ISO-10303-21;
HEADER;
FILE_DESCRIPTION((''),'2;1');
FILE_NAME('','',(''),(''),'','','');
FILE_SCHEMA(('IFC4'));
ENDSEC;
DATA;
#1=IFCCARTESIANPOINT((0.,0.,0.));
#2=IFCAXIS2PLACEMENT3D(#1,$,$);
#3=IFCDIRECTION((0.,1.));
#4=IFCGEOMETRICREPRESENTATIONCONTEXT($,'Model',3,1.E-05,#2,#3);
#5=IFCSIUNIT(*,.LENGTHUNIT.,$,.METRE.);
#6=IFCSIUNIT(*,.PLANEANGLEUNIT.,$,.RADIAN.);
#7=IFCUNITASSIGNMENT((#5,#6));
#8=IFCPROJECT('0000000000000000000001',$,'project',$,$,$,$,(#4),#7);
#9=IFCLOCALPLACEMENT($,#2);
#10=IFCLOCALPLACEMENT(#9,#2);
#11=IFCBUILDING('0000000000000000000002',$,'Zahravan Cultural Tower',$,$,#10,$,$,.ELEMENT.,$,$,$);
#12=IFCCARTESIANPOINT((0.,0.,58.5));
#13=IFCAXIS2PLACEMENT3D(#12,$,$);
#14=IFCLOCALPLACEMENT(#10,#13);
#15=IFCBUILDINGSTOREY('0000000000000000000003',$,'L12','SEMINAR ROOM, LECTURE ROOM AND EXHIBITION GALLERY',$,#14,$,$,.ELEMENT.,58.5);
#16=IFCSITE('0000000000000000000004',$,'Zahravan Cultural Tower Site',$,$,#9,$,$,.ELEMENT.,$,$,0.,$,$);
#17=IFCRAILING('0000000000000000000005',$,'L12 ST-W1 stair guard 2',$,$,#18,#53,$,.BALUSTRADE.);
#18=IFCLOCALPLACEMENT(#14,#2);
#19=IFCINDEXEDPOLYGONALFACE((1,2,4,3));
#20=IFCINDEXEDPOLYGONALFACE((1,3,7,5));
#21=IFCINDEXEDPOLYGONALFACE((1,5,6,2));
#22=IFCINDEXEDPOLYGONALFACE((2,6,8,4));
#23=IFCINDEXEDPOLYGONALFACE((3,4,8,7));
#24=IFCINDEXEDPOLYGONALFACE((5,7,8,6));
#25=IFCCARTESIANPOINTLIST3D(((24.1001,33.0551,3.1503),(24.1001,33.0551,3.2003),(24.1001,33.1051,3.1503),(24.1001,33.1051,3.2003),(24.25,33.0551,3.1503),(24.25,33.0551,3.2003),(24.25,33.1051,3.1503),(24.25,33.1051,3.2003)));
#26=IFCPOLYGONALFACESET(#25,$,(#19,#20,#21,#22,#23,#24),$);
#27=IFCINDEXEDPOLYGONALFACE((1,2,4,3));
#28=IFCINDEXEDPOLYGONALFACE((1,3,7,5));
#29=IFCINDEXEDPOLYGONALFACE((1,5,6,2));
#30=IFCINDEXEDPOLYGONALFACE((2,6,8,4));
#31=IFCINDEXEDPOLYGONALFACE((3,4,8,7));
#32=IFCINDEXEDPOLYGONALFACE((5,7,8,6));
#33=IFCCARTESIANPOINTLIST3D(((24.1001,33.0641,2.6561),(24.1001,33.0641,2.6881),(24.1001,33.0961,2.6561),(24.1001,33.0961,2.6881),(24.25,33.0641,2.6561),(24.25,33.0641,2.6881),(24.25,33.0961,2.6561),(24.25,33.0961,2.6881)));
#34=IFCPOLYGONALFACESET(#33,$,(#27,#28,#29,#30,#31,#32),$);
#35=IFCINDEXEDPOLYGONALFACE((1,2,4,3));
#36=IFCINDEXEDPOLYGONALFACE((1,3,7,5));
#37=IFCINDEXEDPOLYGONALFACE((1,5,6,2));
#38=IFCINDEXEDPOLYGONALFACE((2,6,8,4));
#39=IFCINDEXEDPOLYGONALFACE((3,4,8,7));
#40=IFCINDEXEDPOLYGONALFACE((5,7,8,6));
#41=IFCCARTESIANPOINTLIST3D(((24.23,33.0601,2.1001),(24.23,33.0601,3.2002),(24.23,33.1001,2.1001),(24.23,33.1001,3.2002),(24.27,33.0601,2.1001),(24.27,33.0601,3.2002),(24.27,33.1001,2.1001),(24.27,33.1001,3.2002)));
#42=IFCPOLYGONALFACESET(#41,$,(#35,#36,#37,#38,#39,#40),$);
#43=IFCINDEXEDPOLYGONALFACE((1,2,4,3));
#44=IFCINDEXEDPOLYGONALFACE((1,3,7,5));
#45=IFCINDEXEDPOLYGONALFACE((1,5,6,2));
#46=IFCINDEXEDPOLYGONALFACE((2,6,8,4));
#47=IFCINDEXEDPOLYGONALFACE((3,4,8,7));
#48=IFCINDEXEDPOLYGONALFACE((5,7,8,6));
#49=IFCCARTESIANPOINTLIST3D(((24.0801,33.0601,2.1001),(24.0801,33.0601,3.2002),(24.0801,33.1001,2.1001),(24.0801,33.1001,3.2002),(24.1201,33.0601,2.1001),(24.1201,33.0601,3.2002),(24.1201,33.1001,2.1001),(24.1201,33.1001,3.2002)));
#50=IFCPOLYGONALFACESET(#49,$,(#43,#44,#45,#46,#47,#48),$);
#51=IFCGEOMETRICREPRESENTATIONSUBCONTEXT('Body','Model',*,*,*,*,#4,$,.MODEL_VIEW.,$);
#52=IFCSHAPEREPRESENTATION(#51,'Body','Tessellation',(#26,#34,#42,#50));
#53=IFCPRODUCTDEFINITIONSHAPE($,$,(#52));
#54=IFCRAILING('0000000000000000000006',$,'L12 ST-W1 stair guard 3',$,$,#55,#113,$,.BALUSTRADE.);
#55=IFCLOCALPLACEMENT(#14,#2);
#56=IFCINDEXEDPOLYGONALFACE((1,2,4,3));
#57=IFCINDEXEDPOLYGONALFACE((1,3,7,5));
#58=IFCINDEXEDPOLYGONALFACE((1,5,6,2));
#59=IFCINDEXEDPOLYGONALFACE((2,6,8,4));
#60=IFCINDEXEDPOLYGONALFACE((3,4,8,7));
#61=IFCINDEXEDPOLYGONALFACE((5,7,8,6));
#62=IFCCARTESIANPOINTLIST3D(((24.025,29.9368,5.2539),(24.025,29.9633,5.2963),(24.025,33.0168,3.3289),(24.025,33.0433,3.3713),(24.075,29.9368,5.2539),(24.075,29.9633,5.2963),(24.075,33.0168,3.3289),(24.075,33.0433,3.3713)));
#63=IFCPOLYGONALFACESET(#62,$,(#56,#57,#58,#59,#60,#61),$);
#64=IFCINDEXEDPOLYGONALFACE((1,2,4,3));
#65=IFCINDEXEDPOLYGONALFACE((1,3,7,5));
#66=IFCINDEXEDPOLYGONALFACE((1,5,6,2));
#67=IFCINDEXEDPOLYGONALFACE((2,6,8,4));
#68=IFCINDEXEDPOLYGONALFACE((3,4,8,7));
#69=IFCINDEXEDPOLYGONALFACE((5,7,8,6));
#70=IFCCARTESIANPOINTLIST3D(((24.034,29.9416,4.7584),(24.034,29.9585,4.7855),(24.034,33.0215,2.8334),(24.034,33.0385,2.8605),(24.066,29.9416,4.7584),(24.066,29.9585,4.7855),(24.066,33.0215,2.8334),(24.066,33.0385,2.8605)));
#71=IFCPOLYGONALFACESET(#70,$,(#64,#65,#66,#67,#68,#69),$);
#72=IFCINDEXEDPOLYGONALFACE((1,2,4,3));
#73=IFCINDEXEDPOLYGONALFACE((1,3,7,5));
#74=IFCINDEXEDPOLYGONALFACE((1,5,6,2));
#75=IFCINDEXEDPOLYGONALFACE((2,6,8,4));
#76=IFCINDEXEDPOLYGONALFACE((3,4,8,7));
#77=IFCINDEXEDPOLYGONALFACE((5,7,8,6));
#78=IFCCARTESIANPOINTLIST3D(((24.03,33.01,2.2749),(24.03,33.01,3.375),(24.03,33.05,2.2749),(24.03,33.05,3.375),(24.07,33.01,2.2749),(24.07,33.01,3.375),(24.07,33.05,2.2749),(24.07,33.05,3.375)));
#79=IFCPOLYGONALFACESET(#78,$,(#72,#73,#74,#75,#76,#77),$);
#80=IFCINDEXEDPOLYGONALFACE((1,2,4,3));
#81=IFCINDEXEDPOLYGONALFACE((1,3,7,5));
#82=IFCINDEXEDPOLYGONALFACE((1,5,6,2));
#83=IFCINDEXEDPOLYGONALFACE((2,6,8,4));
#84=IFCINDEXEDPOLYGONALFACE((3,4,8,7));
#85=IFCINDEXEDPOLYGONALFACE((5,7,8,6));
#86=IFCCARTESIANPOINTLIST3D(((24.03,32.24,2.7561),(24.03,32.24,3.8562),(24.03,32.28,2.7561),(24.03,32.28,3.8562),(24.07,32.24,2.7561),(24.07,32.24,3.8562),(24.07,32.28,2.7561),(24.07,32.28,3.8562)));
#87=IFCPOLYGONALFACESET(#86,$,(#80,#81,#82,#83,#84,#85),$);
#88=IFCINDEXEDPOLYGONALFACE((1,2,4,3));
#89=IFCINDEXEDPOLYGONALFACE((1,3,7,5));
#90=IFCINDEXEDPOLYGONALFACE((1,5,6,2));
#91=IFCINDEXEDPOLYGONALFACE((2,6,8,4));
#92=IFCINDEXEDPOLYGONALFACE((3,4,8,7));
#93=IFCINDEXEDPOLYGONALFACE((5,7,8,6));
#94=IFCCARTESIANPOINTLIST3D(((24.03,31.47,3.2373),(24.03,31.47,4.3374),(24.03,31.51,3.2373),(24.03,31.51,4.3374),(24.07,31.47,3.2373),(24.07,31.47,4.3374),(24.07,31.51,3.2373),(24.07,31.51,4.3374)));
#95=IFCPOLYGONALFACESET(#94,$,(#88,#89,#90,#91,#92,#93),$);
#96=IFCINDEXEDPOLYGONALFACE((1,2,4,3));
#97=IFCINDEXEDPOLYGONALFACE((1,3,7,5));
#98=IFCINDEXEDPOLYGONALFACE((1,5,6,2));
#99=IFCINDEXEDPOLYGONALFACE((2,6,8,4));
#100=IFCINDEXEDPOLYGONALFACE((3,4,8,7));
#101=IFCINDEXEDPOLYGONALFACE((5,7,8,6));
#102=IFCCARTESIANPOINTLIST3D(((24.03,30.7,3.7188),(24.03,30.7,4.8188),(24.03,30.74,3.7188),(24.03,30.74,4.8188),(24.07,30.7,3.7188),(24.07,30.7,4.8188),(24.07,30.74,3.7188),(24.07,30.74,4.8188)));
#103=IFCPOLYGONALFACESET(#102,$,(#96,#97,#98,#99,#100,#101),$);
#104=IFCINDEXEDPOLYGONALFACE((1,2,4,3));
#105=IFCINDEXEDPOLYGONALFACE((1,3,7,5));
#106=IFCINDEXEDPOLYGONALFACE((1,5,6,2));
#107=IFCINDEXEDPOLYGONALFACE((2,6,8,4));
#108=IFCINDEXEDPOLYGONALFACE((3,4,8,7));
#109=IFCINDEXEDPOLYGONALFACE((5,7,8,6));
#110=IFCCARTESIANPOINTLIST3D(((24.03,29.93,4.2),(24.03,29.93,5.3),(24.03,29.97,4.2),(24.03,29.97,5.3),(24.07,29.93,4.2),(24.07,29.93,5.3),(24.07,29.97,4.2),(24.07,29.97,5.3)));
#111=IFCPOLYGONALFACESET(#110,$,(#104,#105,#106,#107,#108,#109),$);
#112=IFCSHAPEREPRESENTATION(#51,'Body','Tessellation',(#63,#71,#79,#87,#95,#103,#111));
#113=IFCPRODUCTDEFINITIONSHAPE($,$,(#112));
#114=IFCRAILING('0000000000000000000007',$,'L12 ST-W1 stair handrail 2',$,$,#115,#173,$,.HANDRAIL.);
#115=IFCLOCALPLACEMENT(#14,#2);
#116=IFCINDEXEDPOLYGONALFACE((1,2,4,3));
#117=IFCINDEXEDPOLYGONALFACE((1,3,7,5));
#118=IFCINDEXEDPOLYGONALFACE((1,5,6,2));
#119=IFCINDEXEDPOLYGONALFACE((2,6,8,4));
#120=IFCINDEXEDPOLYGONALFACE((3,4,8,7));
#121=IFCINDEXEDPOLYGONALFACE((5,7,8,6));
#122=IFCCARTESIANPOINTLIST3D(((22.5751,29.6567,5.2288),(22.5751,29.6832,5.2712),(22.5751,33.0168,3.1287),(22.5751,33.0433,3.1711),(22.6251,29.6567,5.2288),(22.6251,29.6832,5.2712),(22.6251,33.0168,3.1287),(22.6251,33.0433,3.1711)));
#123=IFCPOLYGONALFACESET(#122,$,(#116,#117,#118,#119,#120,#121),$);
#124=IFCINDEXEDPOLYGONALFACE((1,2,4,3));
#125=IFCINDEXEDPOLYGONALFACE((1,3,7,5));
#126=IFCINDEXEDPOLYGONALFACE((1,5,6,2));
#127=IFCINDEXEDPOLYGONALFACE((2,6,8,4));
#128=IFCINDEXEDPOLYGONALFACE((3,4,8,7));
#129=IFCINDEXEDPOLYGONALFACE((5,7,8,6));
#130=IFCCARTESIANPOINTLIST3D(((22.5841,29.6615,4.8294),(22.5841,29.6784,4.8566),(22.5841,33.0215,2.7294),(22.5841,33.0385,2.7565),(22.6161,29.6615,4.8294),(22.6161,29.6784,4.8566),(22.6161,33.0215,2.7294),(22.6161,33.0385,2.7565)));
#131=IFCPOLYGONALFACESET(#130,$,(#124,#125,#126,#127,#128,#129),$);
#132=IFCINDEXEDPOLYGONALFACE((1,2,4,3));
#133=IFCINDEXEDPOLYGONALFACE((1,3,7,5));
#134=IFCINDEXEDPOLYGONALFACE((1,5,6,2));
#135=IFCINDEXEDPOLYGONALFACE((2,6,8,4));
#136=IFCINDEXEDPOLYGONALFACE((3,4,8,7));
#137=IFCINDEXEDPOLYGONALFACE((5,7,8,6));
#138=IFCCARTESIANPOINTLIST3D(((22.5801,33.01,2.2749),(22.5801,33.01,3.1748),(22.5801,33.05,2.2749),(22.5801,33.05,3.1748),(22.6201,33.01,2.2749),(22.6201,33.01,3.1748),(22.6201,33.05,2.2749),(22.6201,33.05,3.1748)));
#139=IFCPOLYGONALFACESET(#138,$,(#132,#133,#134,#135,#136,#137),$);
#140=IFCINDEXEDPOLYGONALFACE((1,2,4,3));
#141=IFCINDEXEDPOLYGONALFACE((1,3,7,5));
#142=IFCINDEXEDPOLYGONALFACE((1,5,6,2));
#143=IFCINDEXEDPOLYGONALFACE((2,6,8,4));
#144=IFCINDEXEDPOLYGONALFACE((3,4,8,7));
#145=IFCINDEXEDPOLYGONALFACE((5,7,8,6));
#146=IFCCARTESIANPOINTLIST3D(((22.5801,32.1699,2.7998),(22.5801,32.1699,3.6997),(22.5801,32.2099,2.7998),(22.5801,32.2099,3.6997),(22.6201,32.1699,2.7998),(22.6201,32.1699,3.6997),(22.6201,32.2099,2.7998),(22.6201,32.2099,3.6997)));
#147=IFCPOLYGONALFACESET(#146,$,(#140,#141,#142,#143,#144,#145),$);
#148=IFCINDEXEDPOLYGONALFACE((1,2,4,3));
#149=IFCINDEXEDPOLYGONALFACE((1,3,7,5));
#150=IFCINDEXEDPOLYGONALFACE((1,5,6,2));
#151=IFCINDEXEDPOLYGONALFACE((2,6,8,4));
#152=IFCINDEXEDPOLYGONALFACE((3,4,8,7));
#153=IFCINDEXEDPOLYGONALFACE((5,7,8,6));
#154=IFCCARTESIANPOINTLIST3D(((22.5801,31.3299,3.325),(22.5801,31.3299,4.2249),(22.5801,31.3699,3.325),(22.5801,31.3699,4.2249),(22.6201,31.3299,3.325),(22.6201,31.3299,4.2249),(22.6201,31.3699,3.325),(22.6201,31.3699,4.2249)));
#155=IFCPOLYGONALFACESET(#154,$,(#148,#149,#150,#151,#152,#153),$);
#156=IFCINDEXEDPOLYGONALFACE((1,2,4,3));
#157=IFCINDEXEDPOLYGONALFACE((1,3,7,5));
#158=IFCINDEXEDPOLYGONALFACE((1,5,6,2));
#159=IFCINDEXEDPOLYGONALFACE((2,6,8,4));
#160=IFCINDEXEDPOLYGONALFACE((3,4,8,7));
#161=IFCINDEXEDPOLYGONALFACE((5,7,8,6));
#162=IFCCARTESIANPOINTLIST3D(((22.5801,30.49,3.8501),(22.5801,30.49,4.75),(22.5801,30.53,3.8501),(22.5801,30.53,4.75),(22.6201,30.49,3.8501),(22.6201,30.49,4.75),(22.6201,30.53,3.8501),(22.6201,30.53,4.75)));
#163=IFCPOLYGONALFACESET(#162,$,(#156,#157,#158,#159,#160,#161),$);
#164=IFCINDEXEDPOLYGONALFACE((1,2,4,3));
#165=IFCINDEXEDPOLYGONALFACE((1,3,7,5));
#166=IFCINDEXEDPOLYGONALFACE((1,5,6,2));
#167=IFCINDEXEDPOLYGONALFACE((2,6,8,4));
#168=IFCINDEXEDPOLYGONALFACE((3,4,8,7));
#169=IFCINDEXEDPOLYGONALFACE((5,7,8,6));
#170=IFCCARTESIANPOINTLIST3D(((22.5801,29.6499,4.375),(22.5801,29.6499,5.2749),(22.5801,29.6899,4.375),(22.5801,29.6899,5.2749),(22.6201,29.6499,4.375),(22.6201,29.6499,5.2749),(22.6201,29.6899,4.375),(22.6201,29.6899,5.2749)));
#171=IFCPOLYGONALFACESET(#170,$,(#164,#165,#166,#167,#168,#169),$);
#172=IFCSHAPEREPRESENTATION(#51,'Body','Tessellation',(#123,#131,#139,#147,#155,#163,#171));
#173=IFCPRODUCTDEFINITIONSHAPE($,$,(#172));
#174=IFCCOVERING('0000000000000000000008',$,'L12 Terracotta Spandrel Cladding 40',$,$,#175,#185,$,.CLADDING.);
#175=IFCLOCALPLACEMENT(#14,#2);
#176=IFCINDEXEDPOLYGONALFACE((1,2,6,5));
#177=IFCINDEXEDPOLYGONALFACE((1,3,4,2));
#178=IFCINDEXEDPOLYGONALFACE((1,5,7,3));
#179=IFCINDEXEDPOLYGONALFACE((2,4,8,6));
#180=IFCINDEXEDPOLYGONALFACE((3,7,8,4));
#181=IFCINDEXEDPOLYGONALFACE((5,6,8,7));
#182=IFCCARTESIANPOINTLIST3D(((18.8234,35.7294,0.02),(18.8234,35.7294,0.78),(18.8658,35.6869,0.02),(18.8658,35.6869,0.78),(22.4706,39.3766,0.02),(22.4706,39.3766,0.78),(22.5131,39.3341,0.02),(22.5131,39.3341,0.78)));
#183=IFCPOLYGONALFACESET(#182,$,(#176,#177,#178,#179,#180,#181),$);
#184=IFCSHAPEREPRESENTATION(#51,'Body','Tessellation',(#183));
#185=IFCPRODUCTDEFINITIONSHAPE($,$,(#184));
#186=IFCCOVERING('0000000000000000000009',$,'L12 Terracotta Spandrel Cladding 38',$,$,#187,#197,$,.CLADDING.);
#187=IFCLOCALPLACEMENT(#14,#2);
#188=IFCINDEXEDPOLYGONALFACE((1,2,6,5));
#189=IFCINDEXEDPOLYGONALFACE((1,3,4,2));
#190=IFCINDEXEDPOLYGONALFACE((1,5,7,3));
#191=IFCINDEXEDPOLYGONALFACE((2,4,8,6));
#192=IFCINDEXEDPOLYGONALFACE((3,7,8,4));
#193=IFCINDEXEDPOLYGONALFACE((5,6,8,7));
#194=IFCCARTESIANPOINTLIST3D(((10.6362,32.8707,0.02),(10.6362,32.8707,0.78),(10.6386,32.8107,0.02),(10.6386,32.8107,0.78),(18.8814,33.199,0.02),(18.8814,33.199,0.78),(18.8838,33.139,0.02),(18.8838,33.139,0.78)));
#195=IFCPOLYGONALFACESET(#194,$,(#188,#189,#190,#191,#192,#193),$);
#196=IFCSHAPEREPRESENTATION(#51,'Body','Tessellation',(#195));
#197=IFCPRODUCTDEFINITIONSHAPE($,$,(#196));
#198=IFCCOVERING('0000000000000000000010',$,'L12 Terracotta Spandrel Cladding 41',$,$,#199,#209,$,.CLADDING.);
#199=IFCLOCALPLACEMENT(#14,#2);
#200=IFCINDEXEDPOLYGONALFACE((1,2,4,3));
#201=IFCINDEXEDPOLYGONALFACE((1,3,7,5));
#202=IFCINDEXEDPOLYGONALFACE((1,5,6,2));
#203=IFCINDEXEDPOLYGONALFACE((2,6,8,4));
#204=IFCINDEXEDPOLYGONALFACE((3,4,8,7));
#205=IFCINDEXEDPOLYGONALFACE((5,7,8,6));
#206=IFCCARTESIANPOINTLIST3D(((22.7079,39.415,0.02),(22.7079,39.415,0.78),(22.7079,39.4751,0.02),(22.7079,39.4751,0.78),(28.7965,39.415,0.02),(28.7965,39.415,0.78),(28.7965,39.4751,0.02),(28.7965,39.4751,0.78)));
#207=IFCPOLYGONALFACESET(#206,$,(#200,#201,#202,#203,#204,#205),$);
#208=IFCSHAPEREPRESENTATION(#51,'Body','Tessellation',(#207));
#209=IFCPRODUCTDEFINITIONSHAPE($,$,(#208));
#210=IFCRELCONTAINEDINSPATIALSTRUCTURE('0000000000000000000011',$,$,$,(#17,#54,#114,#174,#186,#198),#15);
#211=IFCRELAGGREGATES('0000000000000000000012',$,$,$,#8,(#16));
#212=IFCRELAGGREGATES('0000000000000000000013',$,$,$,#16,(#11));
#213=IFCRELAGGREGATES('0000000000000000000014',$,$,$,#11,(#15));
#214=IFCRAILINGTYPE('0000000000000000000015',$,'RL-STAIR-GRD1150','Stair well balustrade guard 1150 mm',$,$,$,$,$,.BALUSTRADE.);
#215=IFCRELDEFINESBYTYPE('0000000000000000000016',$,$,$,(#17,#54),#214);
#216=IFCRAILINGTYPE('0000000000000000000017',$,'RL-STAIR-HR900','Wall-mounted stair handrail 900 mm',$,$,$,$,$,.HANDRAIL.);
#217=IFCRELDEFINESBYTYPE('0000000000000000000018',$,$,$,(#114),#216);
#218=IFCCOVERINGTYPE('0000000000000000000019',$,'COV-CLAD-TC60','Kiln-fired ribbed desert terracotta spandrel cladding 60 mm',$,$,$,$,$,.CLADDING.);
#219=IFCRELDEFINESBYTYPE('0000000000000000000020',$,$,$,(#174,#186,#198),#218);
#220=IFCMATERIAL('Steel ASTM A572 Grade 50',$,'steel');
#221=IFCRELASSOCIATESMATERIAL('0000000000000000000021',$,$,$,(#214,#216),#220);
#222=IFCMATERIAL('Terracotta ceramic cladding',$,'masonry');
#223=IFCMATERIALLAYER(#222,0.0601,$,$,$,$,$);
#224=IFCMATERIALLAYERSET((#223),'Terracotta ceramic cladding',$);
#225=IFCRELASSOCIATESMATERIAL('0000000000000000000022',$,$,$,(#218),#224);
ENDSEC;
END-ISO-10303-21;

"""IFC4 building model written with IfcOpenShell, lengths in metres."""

from ifc_helpers import new_model, si_unit, direction, frame, origin, origin_2d, place, context, subcontext, project, spatial, rectangle, extrude, source, transform, mapped, material, layer, layer_set, type_object, element, save


model = new_model("IFC4")

# Units and contexts
model_context = context("Model", 3, precision=1e-05, world=origin(), true_north=direction((0.0, 1.0)))
body_context = subcontext(model_context, "Body", "Model", "MODEL_VIEW")
ifc_project = project(units=[si_unit("LENGTHUNIT", "METRE"), si_unit("PLANEANGLEUNIT", "RADIAN")], contexts=[model_context])

# Site, building, storey
site_placement = place(None, origin())
site = spatial("IfcSite", under=ifc_project, at=site_placement, Name="Zahravan Cultural Tower Site", CompositionType="ELEMENT", RefElevation=0.0)
building_placement = place(site_placement, origin())
building = spatial("IfcBuilding", under=site, at=building_placement, Name="Zahravan Cultural Tower", CompositionType="ELEMENT")
storey_placement = place(building_placement, frame((0.0, 0.0, 58.5)))
storey = spatial("IfcBuildingStorey", under=building, at=storey_placement, Name="L12", Description="SEMINAR ROOM, LECTURE ROOM AND EXHIBITION GALLERY", CompositionType="ELEMENT", Elevation=58.5)

# Shared definitions
ifc_material_1 = material(Name="Steel ASTM A572 Grade 50", Category="steel")

# Railings
railing_type_1 = type_object("IfcRailingType", Name="RL-STAIR-GRD1150", Description="Stair well balustrade guard 1150 mm", PredefinedType="BALUSTRADE", material=ifc_material_1)
railing_1_placement = place(storey_placement, frame((24.25, 33.0801, 2.1001)))
element("IfcRailing", 1, at=railing_1_placement, inside=storey, type_object=railing_type_1, Name="L12 ST-W1 stair guard 2", PredefinedType="BALUSTRADE", context=body_context, shape_type="SweptSolid", body=[
    extrude(rectangle(XDim=0.05, YDim=0.05, at=origin_2d()), frame((0.0, 0.0, 1.0752), z_axis=(-1.0, 0.0, 0.0), x_axis=(0.0, -1.0, 0.0)), (0.0, 0.0, 1.0), 0.1499),
    extrude(rectangle(XDim=0.032, YDim=0.032, at=origin_2d()), frame((0.0, 0.0, 0.572), z_axis=(-1.0, 0.0, 0.0), x_axis=(0.0, -1.0, 0.0)), (0.0, 0.0, 1.0), 0.1499),
    extrude(rectangle(XDim=0.04, YDim=0.04, at=origin_2d()), origin(), (0.0, 0.0, 1.0), 1.1001),
    extrude(rectangle(XDim=0.04, YDim=0.04, at=origin_2d()), frame((-0.1499, 0.0, 0.0)), (0.0, 0.0, 1.0), 1.1001),
])
railing_2_placement = place(storey_placement, frame((24.05, 33.03, 2.2749)))
element("IfcRailing", 2, at=railing_2_placement, inside=storey, type_object=railing_type_1, Name="L12 ST-W1 stair guard 3", PredefinedType="BALUSTRADE", context=body_context, shape_type="SweptSolid", body=[
    extrude(rectangle(XDim=0.05, YDim=0.05, at=origin_2d()), frame((0.0, 0.0, 1.0752), z_axis=(0.0, -0.847998, 0.529999), x_axis=(1.0, 0.0, 0.0)), (0.0, 0.0, 1.0), 3.6321),
    extrude(rectangle(XDim=0.032, YDim=0.032, at=origin_2d()), frame((0.0, 0.0, 0.572), z_axis=(0.0, -0.847998, 0.529999), x_axis=(1.0, 0.0, 0.0)), (0.0, 0.0, 1.0), 3.6321),
    extrude(rectangle(XDim=0.04, YDim=0.04, at=origin_2d()), origin(), (0.0, 0.0, 1.0), 1.1001),
    extrude(rectangle(XDim=0.04, YDim=0.04, at=origin_2d()), frame((0.0, -0.77, 0.4812)), (0.0, 0.0, 1.0), 1.1001),
    extrude(rectangle(XDim=0.04, YDim=0.04, at=origin_2d()), frame((0.0, -1.54, 0.9624)), (0.0, 0.0, 1.0), 1.1001),
    extrude(rectangle(XDim=0.04, YDim=0.04, at=origin_2d()), frame((0.0, -2.3101, 1.4438)), (0.0, 0.0, 1.0), 1.1001),
    extrude(rectangle(XDim=0.04, YDim=0.04, at=origin_2d()), frame((0.0, -3.0801, 1.925)), (0.0, 0.0, 1.0), 1.1001),
])
railing_type_2 = type_object("IfcRailingType", Name="RL-STAIR-HR900", Description="Wall-mounted stair handrail 900 mm", PredefinedType="HANDRAIL", material=ifc_material_1)
railing_3_placement = place(storey_placement, frame((22.6001, 33.03, 2.2749)))
element("IfcRailing", 3, at=railing_3_placement, inside=storey, type_object=railing_type_2, Name="L12 ST-W1 stair handrail 2", PredefinedType="HANDRAIL", context=body_context, shape_type="SweptSolid", body=[
    extrude(rectangle(XDim=0.05, YDim=0.05, at=origin_2d()), frame((0.0, 0.0, 0.875), z_axis=(0.0, -0.847995, 0.530004), x_axis=(1.0, 0.0, 0.0)), (0.0, 0.0, 1.0), 3.9624),
    extrude(rectangle(XDim=0.032, YDim=0.032, at=origin_2d()), frame((0.0, 0.0, 0.468), z_axis=(0.0, -0.847995, 0.530004), x_axis=(1.0, 0.0, 0.0)), (0.0, 0.0, 1.0), 3.9624),
    extrude(rectangle(XDim=0.04, YDim=0.04, at=origin_2d()), origin(), (0.0, 0.0, 1.0), 0.8999),
    extrude(rectangle(XDim=0.04, YDim=0.04, at=origin_2d()), frame((0.0, -0.8401, 0.5249)), (0.0, 0.0, 1.0), 0.8999),
    extrude(rectangle(XDim=0.04, YDim=0.04, at=origin_2d()), frame((0.0, -1.6802, 1.05)), (0.0, 0.0, 1.0), 0.8999),
    extrude(rectangle(XDim=0.04, YDim=0.04, at=origin_2d()), frame((0.0, -2.52, 1.5752)), (0.0, 0.0, 1.0), 0.8999),
    extrude(rectangle(XDim=0.04, YDim=0.04, at=origin_2d()), frame((0.0, -3.3601, 2.1001)), (0.0, 0.0, 1.0), 0.8999),
])

# Coverings
ifc_material_2 = material(Name="Terracotta ceramic cladding", Category="masonry")
ifc_layer_1 = layer(ifc_material_2, 0.0601)
ifc_layer_set_1 = layer_set([ifc_layer_1], Name="Terracotta ceramic cladding")
covering_type = type_object("IfcCoveringType", Name="COV-CLAD-TC60", Description="Kiln-fired ribbed desert terracotta spandrel cladding 60 mm", PredefinedType="CLADDING", material=ifc_layer_set_1)
shared_shape_1 = source(origin(), body_context, "Body", "SweptSolid", [
    extrude(rectangle(XDim=5.158, YDim=0.0601, at=origin_2d()), origin(), (0.0, 0.0, 1.0), 0.76),
])
covering_1_placement = place(storey_placement, frame((20.6682, 37.5317, 0.02), z_axis=(0.0, 0.0, 1.0), x_axis=(0.707107, 0.707107, 0.0)))
element("IfcCovering", 4, at=covering_1_placement, inside=storey, type_object=covering_type, Name="L12 Terracotta Spandrel Cladding 40", PredefinedType="CLADDING", context=body_context, shape_type="MappedRepresentation", body=[
    mapped(shared_shape_1, transform((0.0, 0.0, 0.0), x_axis=(1.0, 0.0, 0.0), y_axis=(0.0, 1.0, 0.0), z_axis=(0.0, 0.0, 1.0), scale=1.0)),
])
shared_shape_2 = source(origin(), body_context, "Body", "SweptSolid", [
    extrude(rectangle(XDim=8.2517, YDim=0.0601, at=origin_2d()), origin(), (0.0, 0.0, 1.0), 0.76),
])
covering_2_placement = place(storey_placement, frame((14.76, 33.0049, 0.02), z_axis=(0.0, 0.0, 1.0), x_axis=(0.999208, 0.039783, 0.0)))
element("IfcCovering", 5, at=covering_2_placement, inside=storey, type_object=covering_type, Name="L12 Terracotta Spandrel Cladding 38", PredefinedType="CLADDING", context=body_context, shape_type="MappedRepresentation", body=[
    mapped(shared_shape_2, transform((0.0, 0.0, 0.0), x_axis=(1.0, 0.0, 0.0), y_axis=(0.0, 1.0, 0.0), z_axis=(0.0, 0.0, 1.0), scale=1.0)),
])
shared_shape_3 = source(origin(), body_context, "Body", "SweptSolid", [
    extrude(rectangle(XDim=6.0886, YDim=0.0601, at=origin_2d()), origin(), (0.0, 0.0, 1.0), 0.76),
])
covering_3_placement = place(storey_placement, frame((25.7522, 39.4451, 0.02), z_axis=(0.0, 0.0, 1.0), x_axis=(1.0, 0.0, 0.0)))
element("IfcCovering", 6, at=covering_3_placement, inside=storey, type_object=covering_type, Name="L12 Terracotta Spandrel Cladding 41", PredefinedType="CLADDING", context=body_context, shape_type="MappedRepresentation", body=[
    mapped(shared_shape_3, transform((0.0, 0.0, 0.0), x_axis=(1.0, 0.0, 0.0), y_axis=(0.0, 1.0, 0.0), z_axis=(0.0, 0.0, 1.0), scale=1.0)),
])

save(model, "model.ifc")
